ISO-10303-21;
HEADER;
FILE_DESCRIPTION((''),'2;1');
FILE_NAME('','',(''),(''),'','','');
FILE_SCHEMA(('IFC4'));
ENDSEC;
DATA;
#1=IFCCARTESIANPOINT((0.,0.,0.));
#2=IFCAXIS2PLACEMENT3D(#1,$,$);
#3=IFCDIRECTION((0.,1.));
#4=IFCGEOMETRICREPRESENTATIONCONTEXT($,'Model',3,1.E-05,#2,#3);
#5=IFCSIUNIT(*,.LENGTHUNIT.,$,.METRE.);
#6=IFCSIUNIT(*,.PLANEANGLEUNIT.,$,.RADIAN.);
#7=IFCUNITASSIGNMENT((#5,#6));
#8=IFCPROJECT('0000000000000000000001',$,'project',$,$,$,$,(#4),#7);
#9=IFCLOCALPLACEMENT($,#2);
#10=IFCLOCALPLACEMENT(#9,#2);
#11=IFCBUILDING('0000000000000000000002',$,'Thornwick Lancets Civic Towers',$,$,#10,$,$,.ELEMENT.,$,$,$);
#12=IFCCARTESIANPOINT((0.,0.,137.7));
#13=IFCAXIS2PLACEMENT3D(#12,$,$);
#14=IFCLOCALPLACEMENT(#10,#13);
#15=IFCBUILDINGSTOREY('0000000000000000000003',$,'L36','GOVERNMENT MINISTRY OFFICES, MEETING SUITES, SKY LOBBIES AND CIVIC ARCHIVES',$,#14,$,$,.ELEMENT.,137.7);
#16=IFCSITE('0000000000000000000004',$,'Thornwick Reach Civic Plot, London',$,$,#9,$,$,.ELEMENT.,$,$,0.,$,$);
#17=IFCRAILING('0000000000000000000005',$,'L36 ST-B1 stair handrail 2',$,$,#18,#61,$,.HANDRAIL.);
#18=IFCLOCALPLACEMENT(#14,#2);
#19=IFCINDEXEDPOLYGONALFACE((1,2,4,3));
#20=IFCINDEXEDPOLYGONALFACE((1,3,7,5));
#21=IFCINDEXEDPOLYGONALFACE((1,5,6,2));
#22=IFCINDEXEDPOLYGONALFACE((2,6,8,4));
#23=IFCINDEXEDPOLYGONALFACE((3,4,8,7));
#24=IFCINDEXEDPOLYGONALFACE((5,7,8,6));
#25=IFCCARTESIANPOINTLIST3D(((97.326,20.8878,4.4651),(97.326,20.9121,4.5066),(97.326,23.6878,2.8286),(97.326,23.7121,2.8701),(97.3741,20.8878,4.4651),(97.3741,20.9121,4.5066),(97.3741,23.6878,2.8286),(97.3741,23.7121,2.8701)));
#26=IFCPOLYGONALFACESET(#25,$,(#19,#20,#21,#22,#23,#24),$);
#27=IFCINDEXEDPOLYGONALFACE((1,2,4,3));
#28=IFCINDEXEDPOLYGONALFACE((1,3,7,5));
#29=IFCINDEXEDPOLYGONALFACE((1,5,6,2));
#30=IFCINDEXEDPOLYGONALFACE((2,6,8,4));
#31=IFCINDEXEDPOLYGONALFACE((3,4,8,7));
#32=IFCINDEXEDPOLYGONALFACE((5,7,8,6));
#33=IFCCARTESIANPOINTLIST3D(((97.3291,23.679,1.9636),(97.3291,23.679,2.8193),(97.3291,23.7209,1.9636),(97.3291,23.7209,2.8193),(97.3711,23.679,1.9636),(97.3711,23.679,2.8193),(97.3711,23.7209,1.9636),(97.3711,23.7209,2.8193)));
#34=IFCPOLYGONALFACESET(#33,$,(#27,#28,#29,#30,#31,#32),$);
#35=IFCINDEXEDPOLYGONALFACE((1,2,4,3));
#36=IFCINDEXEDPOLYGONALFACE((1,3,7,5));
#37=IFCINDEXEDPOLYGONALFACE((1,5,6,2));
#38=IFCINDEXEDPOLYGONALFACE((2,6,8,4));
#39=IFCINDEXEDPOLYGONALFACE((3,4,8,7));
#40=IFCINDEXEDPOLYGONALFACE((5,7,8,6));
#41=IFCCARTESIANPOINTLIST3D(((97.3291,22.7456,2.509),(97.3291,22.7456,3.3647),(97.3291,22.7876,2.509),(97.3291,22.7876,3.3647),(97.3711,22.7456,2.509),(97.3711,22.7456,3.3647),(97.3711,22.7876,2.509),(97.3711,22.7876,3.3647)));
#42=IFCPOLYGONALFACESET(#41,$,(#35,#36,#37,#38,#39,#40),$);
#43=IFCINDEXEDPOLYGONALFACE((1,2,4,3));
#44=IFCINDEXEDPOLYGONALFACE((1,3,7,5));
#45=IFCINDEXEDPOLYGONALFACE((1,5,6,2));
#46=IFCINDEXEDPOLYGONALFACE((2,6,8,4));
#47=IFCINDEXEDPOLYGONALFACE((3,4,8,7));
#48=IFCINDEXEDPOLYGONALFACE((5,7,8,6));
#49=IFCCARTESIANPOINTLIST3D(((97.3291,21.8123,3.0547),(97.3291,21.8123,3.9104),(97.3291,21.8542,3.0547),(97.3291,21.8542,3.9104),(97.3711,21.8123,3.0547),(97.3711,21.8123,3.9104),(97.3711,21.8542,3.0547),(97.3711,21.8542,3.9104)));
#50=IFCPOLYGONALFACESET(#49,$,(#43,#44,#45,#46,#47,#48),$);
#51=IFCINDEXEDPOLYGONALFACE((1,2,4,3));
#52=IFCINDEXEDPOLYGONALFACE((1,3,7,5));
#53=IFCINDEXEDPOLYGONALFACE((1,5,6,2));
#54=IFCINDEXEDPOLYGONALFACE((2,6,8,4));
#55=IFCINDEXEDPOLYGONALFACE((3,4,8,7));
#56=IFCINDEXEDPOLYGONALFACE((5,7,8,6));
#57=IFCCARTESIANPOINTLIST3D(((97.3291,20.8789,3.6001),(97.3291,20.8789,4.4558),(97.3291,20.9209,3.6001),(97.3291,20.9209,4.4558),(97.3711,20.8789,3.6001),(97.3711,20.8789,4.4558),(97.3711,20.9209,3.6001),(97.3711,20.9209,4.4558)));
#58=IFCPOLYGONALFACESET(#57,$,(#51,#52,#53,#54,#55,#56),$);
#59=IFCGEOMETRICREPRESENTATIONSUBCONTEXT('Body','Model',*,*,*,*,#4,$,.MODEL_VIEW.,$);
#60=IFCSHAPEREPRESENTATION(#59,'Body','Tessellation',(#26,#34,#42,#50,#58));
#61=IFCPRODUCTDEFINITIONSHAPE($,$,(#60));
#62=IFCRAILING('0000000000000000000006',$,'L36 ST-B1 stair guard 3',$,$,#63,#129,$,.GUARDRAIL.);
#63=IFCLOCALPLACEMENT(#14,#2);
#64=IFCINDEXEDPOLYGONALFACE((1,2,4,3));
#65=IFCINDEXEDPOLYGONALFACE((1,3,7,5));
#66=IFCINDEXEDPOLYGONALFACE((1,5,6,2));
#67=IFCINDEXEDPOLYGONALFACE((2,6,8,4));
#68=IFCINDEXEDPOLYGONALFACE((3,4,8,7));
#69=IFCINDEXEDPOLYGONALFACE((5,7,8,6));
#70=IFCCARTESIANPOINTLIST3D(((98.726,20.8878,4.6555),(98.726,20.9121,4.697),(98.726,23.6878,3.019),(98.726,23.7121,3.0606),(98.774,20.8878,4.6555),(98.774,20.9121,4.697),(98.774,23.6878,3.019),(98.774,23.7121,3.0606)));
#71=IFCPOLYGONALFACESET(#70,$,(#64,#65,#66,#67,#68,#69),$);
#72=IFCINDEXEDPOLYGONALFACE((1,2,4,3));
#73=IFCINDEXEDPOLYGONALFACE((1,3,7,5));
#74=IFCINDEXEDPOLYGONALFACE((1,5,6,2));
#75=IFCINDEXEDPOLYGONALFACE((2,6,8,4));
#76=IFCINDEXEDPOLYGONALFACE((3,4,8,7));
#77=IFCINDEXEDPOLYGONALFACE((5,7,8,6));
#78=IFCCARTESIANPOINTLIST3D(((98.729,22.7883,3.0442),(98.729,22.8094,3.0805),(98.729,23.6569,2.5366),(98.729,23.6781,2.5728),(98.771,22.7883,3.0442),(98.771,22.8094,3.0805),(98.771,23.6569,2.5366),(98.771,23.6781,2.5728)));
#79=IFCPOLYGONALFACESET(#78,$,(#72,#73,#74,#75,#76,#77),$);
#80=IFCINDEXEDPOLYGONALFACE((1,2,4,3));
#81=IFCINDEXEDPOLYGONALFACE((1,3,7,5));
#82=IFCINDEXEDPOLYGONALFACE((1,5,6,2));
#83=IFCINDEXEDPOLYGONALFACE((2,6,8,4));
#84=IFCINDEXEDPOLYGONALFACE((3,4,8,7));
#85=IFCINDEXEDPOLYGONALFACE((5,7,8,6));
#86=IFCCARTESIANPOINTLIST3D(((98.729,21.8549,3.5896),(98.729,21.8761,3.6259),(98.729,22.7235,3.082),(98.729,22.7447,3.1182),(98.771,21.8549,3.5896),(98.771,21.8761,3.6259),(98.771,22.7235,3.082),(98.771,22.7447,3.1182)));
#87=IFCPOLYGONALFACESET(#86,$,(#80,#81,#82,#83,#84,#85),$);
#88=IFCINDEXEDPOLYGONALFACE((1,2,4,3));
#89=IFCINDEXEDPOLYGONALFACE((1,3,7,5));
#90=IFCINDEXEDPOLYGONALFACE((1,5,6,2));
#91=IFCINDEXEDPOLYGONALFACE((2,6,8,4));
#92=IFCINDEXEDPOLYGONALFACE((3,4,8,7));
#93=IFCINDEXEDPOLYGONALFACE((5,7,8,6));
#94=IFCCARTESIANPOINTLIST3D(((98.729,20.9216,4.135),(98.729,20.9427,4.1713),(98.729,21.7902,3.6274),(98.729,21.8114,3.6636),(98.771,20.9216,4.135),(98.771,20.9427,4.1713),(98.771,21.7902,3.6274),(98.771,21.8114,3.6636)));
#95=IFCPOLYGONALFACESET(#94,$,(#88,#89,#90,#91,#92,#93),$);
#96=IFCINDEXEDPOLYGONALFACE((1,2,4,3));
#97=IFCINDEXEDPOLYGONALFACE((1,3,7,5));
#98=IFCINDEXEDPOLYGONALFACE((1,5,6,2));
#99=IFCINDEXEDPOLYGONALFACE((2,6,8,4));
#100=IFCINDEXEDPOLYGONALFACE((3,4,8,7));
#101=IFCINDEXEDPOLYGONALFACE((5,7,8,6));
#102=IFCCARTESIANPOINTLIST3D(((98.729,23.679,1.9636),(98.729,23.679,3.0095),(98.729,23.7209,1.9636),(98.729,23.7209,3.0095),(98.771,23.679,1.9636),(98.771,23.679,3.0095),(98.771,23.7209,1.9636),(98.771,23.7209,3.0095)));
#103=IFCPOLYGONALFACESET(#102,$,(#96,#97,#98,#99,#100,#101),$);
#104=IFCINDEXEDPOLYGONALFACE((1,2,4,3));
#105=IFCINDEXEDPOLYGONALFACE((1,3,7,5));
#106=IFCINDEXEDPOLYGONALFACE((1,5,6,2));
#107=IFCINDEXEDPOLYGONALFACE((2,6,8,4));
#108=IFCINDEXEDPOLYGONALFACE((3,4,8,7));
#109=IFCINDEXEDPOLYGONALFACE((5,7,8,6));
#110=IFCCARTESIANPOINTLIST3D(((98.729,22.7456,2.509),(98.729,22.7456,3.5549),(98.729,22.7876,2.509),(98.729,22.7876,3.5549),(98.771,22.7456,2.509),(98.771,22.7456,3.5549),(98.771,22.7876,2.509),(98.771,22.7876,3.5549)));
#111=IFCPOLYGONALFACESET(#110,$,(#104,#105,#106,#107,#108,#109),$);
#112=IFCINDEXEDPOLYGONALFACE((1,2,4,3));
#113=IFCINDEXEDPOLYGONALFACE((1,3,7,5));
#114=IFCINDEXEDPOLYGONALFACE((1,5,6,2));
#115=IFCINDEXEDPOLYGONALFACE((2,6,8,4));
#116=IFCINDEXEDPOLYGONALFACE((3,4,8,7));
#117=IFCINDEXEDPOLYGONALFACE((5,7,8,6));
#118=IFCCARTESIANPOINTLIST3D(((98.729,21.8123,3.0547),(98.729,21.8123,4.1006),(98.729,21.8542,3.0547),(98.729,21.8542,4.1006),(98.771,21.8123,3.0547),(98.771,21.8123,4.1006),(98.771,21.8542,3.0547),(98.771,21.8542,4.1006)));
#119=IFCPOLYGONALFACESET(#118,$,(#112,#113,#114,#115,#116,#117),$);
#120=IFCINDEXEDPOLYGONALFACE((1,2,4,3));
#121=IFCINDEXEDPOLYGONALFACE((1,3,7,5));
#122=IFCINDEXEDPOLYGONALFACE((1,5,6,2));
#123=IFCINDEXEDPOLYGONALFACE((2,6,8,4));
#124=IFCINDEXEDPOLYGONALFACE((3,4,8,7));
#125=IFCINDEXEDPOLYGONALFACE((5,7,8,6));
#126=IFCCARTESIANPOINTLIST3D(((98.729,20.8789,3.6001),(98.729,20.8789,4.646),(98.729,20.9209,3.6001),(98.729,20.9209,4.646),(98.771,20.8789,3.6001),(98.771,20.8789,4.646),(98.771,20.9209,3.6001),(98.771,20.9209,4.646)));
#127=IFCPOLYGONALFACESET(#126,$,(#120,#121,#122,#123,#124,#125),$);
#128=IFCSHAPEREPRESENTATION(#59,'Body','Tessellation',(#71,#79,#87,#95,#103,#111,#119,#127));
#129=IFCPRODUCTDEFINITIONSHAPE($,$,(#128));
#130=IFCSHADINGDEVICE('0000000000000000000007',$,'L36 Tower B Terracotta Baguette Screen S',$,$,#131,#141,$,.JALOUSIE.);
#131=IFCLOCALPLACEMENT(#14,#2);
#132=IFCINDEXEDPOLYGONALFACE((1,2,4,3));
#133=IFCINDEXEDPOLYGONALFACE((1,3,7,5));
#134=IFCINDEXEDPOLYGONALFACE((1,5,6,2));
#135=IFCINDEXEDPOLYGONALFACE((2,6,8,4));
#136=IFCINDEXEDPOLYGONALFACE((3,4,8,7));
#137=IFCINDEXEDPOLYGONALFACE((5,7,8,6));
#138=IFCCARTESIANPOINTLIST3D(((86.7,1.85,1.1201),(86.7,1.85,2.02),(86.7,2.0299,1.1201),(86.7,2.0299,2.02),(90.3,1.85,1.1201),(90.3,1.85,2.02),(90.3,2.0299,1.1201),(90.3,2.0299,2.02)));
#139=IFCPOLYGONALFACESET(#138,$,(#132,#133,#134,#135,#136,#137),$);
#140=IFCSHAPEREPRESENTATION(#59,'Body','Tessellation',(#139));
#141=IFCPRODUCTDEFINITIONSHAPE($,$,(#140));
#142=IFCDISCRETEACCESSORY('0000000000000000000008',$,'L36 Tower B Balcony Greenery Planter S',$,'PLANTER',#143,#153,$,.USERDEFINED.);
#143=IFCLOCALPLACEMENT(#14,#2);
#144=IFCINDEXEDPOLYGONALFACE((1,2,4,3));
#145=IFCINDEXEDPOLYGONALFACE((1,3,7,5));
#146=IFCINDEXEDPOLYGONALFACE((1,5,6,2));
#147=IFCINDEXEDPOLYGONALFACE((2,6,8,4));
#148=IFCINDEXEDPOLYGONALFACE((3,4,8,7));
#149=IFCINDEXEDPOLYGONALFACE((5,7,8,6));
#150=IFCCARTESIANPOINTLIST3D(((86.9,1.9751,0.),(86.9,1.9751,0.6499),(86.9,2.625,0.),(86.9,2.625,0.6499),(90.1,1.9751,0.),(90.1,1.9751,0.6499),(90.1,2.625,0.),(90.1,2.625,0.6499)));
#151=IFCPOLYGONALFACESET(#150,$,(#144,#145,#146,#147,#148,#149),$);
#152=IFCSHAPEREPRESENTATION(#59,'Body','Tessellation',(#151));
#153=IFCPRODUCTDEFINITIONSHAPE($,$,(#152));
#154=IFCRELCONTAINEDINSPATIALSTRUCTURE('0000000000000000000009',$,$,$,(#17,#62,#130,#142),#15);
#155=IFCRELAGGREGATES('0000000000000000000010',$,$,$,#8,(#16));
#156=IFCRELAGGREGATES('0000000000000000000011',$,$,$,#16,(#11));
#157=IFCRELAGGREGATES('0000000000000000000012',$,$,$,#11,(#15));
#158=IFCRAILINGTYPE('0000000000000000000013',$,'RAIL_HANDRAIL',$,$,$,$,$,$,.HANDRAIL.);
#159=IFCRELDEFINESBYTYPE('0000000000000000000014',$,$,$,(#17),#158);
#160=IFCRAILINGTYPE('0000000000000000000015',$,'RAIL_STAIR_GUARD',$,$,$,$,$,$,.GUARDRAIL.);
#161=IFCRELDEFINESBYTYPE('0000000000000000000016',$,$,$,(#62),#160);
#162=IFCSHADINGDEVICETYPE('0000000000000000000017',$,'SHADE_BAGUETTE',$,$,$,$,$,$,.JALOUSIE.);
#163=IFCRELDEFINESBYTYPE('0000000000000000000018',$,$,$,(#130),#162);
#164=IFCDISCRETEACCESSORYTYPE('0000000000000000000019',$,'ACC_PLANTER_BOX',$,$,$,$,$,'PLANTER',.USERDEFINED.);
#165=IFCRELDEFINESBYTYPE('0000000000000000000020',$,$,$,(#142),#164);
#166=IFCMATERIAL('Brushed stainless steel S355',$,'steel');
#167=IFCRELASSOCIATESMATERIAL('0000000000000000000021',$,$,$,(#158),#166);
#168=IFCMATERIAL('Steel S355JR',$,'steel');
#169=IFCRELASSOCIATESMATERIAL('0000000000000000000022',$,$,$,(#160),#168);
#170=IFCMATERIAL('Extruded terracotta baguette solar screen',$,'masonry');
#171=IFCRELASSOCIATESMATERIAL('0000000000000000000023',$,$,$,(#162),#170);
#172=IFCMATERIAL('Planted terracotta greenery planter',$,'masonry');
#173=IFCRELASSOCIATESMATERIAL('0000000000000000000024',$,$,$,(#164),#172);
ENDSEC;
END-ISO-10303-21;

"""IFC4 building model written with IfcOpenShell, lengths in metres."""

from ifc_helpers import new_model, si_unit, direction, frame, origin, origin_2d, place, context, subcontext, project, spatial, rectangle, extrude, material, type_object, element, save


model = new_model("IFC4")

# Units and contexts
model_context = context("Model", 3, precision=1e-05, world=origin(), true_north=direction((0.0, 1.0)))
body_context = subcontext(model_context, "Body", "Model", "MODEL_VIEW")
ifc_project = project(units=[si_unit("LENGTHUNIT", "METRE"), si_unit("PLANEANGLEUNIT", "RADIAN")], contexts=[model_context])

# Site, building, storey
site_placement = place(None, origin())
site = spatial("IfcSite", under=ifc_project, at=site_placement, Name="Thornwick Reach Civic Plot, London", CompositionType="ELEMENT", RefElevation=0.0)
building_placement = place(site_placement, origin())
building = spatial("IfcBuilding", under=site, at=building_placement, Name="Thornwick Lancets Civic Towers", CompositionType="ELEMENT")
storey_placement = place(building_placement, frame((0.0, 0.0, 137.7)))
storey = spatial("IfcBuildingStorey", under=building, at=storey_placement, Name="L36", Description="GOVERNMENT MINISTRY OFFICES, MEETING SUITES, SKY LOBBIES AND CIVIC ARCHIVES", CompositionType="ELEMENT", Elevation=137.7)

# Shared definitions
ifc_material_1 = material(Name="Steel S355JR", Category="steel")

# Railings
ifc_material_2 = material(Name="Brushed stainless steel S355", Category="steel")
railing_type_1 = type_object("IfcRailingType", Name="RAIL_HANDRAIL", PredefinedType="HANDRAIL", material=ifc_material_2)
railing_1_placement = place(storey_placement, frame((97.3501, 23.7, 1.9636)))
element("IfcRailing", 1, at=railing_1_placement, inside=storey, type_object=railing_type_1, Name="L36 ST-B1 stair handrail 2", PredefinedType="HANDRAIL", context=body_context, shape_type="SweptSolid", body=[
    extrude(rectangle(XDim=0.0481, YDim=0.0481, at=origin_2d()), frame((0.0, 0.0, 0.8857), z_axis=(0.0, -0.863361, 0.504587), x_axis=(1.0, 0.0, 0.0)), (0.0, 0.0, 1.0), 3.2432),
    extrude(rectangle(XDim=0.042, YDim=0.042, at=origin_2d()), origin(), (0.0, 0.0, 1.0), 0.8557),
    extrude(rectangle(XDim=0.042, YDim=0.042, at=origin_2d()), frame((0.0, -0.9333, 0.5454)), (0.0, 0.0, 1.0), 0.8557),
    extrude(rectangle(XDim=0.042, YDim=0.042, at=origin_2d()), frame((0.0, -1.8667, 1.0911)), (0.0, 0.0, 1.0), 0.8557),
    extrude(rectangle(XDim=0.042, YDim=0.042, at=origin_2d()), frame((0.0, -2.8, 1.6365)), (0.0, 0.0, 1.0), 0.8557),
])
railing_type_2 = type_object("IfcRailingType", Name="RAIL_STAIR_GUARD", PredefinedType="GUARDRAIL", material=ifc_material_1)
railing_2_placement = place(storey_placement, frame((98.75, 23.7, 1.9636)))
element("IfcRailing", 2, at=railing_2_placement, inside=storey, type_object=railing_type_2, Name="L36 ST-B1 stair guard 3", PredefinedType="GUARDRAIL", context=body_context, shape_type="SweptSolid", body=[
    extrude(rectangle(XDim=0.0481, YDim=0.0481, at=origin_2d()), frame((0.0, 0.0, 1.0762), z_axis=(0.0, -0.863361, 0.504587), x_axis=(1.0, 0.0, 0.0)), (0.0, 0.0, 1.0), 3.2432),
    extrude(rectangle(XDim=0.042, YDim=0.042, at=origin_2d()), frame((0.0, -0.0325, 0.5911), z_axis=(0.0, -0.863361, 0.504587), x_axis=(1.0, 0.0, 0.0)), (0.0, 0.0, 1.0), 1.0061),
    extrude(rectangle(XDim=0.042, YDim=0.042, at=origin_2d()), frame((0.0, -0.9658, 1.1365), z_axis=(0.0, -0.863361, 0.504587), x_axis=(1.0, 0.0, 0.0)), (0.0, 0.0, 1.0), 1.0061),
    extrude(rectangle(XDim=0.042, YDim=0.042, at=origin_2d()), frame((0.0, -1.8992, 1.6819), z_axis=(0.0, -0.863361, 0.504587), x_axis=(1.0, 0.0, 0.0)), (0.0, 0.0, 1.0), 1.0061),
    extrude(rectangle(XDim=0.042, YDim=0.042, at=origin_2d()), origin(), (0.0, 0.0, 1.0), 1.0459),
    extrude(rectangle(XDim=0.042, YDim=0.042, at=origin_2d()), frame((0.0, -0.9333, 0.5454)), (0.0, 0.0, 1.0), 1.0459),
    extrude(rectangle(XDim=0.042, YDim=0.042, at=origin_2d()), frame((0.0, -1.8667, 1.0911)), (0.0, 0.0, 1.0), 1.0459),
    extrude(rectangle(XDim=0.042, YDim=0.042, at=origin_2d()), frame((0.0, -2.8, 1.6365)), (0.0, 0.0, 1.0), 1.0459),
])

# Shading device
ifc_material_3 = material(Name="Extruded terracotta baguette solar screen", Category="masonry")
shading_device_type = type_object("IfcShadingDeviceType", Name="SHADE_BAGUETTE", PredefinedType="JALOUSIE", material=ifc_material_3)
shading_device_placement = place(storey_placement, frame((88.5, 1.9399, 1.1201), z_axis=(0.0, 0.0, 1.0), x_axis=(1.0, 0.0, 0.0)))
element("IfcShadingDevice", 3, at=shading_device_placement, inside=storey, type_object=shading_device_type, Name="L36 Tower B Terracotta Baguette Screen S", PredefinedType="JALOUSIE", context=body_context, shape_type="SweptSolid", body=[
    extrude(rectangle(XDim=3.6001, YDim=0.1799, at=origin_2d()), origin(), (0.0, 0.0, 1.0), 0.8999),
])

# Discrete accessory
ifc_material_4 = material(Name="Planted terracotta greenery planter", Category="masonry")
discrete_accessory_type = type_object("IfcDiscreteAccessoryType", Name="ACC_PLANTER_BOX", ElementType="PLANTER", PredefinedType="USERDEFINED", material=ifc_material_4)
discrete_accessory_placement = place(storey_placement, frame((88.5, 2.3, 0.0), z_axis=(0.0, 0.0, 1.0), x_axis=(1.0, 0.0, 0.0)))
element("IfcDiscreteAccessory", 4, at=discrete_accessory_placement, inside=storey, type_object=discrete_accessory_type, Name="L36 Tower B Balcony Greenery Planter S", ObjectType="PLANTER", PredefinedType="USERDEFINED", context=body_context, shape_type="SweptSolid", body=[
    extrude(rectangle(XDim=3.2, YDim=0.6499, at=origin_2d()), origin(), (0.0, 0.0, 1.0), 0.6499),
])

save(model, "model.ifc")
